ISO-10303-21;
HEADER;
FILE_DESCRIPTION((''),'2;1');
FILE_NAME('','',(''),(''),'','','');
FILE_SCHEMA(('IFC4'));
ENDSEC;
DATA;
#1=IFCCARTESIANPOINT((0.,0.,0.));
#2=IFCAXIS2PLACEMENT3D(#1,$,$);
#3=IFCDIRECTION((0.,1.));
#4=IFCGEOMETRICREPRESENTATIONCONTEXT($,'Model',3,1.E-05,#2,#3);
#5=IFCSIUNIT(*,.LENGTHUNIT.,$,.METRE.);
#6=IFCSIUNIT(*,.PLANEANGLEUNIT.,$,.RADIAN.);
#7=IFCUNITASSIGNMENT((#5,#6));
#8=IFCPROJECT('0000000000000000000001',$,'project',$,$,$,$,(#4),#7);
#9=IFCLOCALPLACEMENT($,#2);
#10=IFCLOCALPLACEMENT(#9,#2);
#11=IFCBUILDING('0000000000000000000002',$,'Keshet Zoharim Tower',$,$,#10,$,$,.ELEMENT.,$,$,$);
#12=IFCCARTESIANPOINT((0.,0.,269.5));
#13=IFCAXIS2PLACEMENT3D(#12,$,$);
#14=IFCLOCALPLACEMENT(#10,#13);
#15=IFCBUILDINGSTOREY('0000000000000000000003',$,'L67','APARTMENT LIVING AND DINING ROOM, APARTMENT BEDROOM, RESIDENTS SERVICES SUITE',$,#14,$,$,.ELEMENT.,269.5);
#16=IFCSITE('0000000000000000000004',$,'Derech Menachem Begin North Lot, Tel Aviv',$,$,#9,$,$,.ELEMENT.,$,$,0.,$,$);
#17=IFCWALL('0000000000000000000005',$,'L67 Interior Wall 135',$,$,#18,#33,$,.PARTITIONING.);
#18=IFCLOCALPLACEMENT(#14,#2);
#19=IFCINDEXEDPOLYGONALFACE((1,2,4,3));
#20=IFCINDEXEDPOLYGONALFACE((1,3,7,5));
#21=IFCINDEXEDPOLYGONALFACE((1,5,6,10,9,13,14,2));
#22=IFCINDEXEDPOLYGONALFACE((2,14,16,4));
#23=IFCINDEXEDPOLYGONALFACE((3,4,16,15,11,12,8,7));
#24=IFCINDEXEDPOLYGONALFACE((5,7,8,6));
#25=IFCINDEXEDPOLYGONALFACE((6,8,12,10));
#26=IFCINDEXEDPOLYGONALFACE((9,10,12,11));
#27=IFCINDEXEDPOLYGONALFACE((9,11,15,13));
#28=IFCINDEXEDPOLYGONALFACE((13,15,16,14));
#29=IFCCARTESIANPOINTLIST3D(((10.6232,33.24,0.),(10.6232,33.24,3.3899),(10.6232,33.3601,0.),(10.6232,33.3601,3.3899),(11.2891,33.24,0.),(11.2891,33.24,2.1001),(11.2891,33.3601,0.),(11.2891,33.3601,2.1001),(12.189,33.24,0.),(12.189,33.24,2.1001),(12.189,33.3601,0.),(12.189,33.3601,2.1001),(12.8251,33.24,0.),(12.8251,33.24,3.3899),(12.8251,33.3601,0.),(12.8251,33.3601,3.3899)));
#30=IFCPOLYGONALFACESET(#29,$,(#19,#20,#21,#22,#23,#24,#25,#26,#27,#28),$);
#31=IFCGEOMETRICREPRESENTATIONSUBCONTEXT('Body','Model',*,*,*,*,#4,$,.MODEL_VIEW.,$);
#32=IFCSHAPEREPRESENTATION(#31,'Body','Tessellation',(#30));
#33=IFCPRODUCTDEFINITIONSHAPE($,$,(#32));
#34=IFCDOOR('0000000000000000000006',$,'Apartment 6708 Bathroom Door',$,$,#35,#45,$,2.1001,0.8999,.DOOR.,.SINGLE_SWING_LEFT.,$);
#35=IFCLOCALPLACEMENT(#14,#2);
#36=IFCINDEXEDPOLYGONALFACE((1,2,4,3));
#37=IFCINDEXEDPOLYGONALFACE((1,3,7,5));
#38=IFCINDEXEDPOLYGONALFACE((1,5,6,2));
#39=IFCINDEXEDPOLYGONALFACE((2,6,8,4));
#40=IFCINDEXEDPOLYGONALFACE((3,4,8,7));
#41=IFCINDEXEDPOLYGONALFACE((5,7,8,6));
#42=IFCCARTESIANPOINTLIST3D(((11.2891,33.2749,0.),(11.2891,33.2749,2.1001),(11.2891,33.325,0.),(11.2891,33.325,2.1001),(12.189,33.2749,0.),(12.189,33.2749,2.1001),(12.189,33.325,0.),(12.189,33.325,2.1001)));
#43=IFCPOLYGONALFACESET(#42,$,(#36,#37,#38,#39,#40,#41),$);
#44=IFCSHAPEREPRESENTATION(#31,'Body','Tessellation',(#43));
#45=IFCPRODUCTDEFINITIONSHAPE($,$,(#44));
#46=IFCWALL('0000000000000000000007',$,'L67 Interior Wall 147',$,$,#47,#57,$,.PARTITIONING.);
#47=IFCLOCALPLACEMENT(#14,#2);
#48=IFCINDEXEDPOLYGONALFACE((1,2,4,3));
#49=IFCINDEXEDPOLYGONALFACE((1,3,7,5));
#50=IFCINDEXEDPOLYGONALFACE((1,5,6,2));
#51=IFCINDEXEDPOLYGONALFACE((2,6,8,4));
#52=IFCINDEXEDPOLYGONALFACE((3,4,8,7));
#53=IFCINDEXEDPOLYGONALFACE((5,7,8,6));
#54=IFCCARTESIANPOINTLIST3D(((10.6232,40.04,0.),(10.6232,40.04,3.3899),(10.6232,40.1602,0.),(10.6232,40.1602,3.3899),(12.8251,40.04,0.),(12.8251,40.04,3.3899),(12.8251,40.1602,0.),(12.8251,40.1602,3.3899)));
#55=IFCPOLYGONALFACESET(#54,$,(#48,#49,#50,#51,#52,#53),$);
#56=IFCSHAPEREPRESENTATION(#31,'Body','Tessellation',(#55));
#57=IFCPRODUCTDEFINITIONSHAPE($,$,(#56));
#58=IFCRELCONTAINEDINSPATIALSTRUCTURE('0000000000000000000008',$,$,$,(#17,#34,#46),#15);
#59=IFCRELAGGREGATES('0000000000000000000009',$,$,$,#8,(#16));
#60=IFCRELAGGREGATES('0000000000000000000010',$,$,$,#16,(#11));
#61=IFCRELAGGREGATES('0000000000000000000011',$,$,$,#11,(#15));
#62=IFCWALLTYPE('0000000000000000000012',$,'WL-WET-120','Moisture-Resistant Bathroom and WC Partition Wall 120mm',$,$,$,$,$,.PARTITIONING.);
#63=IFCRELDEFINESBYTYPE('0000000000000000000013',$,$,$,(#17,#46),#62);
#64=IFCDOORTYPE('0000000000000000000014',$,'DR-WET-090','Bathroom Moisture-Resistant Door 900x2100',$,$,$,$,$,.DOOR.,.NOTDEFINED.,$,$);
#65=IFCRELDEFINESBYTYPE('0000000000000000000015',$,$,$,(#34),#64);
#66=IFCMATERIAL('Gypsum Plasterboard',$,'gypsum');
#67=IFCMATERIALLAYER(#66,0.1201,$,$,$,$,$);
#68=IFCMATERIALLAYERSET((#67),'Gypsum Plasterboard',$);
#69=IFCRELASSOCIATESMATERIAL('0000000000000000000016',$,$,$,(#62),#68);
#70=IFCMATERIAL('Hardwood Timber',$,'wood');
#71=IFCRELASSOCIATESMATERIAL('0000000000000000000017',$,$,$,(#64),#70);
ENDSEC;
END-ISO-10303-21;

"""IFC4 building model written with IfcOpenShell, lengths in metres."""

from ifc_helpers import new_model, si_unit, direction, frame, frame_2d, origin, place, context, subcontext, project, spatial, rectangle, extrude, material, layer, layer_set, type_object, element, fill, save


model = new_model("IFC4")

# Units and contexts
model_context = context("Model", 3, precision=1e-05, world=origin(), true_north=direction((0.0, 1.0)))
body_context = subcontext(model_context, "Body", "Model", "MODEL_VIEW")
ifc_project = project(units=[si_unit("LENGTHUNIT", "METRE"), si_unit("PLANEANGLEUNIT", "RADIAN")], contexts=[model_context])

# Site, building, storey
site_placement = place(None, origin())
site = spatial("IfcSite", under=ifc_project, at=site_placement, Name="Derech Menachem Begin North Lot, Tel Aviv", CompositionType="ELEMENT", RefElevation=0.0)
building_placement = place(site_placement, origin())
building = spatial("IfcBuilding", under=site, at=building_placement, Name="Keshet Zoharim Tower", CompositionType="ELEMENT")
storey_placement = place(building_placement, frame((0.0, 0.0, 269.5)))
storey = spatial("IfcBuildingStorey", under=building, at=storey_placement, Name="L67", Description="APARTMENT LIVING AND DINING ROOM, APARTMENT BEDROOM, RESIDENTS SERVICES SUITE", CompositionType="ELEMENT", Elevation=269.5)

# Shared definitions
ifc_material_1 = material(Name="Hardwood Timber", Category="wood")

# Shared definitions
ifc_material_2 = material(Name="Gypsum Plasterboard", Category="gypsum")

# Shared definitions
ifc_layer_1 = layer(ifc_material_2, 0.1201)
ifc_layer_set_1 = layer_set([ifc_layer_1], Name="Gypsum Plasterboard")
wall_type_1 = type_object("IfcWallType", Name="WL-WET-120", Description="Moisture-Resistant Bathroom and WC Partition Wall 120mm", PredefinedType="PARTITIONING", material=ifc_layer_set_1)

# Wall, opening, door
wall_1_placement = place(storey_placement, frame((10.623, 33.3, 0.0), z_axis=(0.0, 0.0, 1.0), x_axis=(1.0, 0.0, 0.0)))
wall_1 = element("IfcWall", 1, at=wall_1_placement, inside=storey, type_object=wall_type_1, Name="L67 Interior Wall 135", PredefinedType="PARTITIONING", context=body_context, shape_type="SweptSolid", body=[
    extrude(rectangle(XDim=2.2019, YDim=0.1201, at=frame_2d((1.1011, 0.0))), origin(), (0.0, 0.0, 1.0), 3.3899),
])
opening_1_placement = place(wall_1_placement, frame((0.666, 0.0, 0.0)))
opening_1 = element("IfcOpeningElement", 2, at=opening_1_placement, cuts=wall_1, PredefinedType="OPENING", context=body_context, shape_type="SweptSolid", body=[
    extrude(rectangle(XDim=0.8999, YDim=2.1001, at=frame_2d((0.45, 1.05))), frame((0.0, 0.0701, 0.0), z_axis=(0.0, -1.0, 0.0), x_axis=(1.0, 0.0, 0.0)), (0.0, 0.0, 1.0), 0.1401),
])
door_type_1 = type_object("IfcDoorType", Name="DR-WET-090", Description="Bathroom Moisture-Resistant Door 900x2100", OperationType="NOTDEFINED", PredefinedType="DOOR", material=ifc_material_1)
door_1_placement = place(opening_1_placement, origin())
door_1 = element("IfcDoor", 3, at=door_1_placement, inside=storey, type_object=door_type_1, Name="Apartment 6708 Bathroom Door", OperationType="SINGLE_SWING_LEFT", OverallHeight=2.1001, OverallWidth=0.8999, PredefinedType="DOOR", context=body_context, shape_type="SweptSolid", body=[
    extrude(rectangle(XDim=0.8999, YDim=2.1001, at=frame_2d((0.45, 1.05))), frame((0.0, 0.0249, 0.0), z_axis=(0.0, -1.0, 0.0), x_axis=(1.0, 0.0, 0.0)), (0.0, 0.0, 1.0), 0.05),
])
fill(opening_1, door_1)

# Wall
wall_2_placement = place(storey_placement, frame((10.623, 40.1001, 0.0), z_axis=(0.0, 0.0, 1.0), x_axis=(1.0, 0.0, 0.0)))
element("IfcWall", 4, at=wall_2_placement, inside=storey, type_object=wall_type_1, Name="L67 Interior Wall 147", PredefinedType="PARTITIONING", context=body_context, shape_type="SweptSolid", body=[
    extrude(rectangle(XDim=2.2019, YDim=0.1201, at=frame_2d((1.1011, 0.0))), origin(), (0.0, 0.0, 1.0), 3.3899),
])

save(model, "model.ifc")
